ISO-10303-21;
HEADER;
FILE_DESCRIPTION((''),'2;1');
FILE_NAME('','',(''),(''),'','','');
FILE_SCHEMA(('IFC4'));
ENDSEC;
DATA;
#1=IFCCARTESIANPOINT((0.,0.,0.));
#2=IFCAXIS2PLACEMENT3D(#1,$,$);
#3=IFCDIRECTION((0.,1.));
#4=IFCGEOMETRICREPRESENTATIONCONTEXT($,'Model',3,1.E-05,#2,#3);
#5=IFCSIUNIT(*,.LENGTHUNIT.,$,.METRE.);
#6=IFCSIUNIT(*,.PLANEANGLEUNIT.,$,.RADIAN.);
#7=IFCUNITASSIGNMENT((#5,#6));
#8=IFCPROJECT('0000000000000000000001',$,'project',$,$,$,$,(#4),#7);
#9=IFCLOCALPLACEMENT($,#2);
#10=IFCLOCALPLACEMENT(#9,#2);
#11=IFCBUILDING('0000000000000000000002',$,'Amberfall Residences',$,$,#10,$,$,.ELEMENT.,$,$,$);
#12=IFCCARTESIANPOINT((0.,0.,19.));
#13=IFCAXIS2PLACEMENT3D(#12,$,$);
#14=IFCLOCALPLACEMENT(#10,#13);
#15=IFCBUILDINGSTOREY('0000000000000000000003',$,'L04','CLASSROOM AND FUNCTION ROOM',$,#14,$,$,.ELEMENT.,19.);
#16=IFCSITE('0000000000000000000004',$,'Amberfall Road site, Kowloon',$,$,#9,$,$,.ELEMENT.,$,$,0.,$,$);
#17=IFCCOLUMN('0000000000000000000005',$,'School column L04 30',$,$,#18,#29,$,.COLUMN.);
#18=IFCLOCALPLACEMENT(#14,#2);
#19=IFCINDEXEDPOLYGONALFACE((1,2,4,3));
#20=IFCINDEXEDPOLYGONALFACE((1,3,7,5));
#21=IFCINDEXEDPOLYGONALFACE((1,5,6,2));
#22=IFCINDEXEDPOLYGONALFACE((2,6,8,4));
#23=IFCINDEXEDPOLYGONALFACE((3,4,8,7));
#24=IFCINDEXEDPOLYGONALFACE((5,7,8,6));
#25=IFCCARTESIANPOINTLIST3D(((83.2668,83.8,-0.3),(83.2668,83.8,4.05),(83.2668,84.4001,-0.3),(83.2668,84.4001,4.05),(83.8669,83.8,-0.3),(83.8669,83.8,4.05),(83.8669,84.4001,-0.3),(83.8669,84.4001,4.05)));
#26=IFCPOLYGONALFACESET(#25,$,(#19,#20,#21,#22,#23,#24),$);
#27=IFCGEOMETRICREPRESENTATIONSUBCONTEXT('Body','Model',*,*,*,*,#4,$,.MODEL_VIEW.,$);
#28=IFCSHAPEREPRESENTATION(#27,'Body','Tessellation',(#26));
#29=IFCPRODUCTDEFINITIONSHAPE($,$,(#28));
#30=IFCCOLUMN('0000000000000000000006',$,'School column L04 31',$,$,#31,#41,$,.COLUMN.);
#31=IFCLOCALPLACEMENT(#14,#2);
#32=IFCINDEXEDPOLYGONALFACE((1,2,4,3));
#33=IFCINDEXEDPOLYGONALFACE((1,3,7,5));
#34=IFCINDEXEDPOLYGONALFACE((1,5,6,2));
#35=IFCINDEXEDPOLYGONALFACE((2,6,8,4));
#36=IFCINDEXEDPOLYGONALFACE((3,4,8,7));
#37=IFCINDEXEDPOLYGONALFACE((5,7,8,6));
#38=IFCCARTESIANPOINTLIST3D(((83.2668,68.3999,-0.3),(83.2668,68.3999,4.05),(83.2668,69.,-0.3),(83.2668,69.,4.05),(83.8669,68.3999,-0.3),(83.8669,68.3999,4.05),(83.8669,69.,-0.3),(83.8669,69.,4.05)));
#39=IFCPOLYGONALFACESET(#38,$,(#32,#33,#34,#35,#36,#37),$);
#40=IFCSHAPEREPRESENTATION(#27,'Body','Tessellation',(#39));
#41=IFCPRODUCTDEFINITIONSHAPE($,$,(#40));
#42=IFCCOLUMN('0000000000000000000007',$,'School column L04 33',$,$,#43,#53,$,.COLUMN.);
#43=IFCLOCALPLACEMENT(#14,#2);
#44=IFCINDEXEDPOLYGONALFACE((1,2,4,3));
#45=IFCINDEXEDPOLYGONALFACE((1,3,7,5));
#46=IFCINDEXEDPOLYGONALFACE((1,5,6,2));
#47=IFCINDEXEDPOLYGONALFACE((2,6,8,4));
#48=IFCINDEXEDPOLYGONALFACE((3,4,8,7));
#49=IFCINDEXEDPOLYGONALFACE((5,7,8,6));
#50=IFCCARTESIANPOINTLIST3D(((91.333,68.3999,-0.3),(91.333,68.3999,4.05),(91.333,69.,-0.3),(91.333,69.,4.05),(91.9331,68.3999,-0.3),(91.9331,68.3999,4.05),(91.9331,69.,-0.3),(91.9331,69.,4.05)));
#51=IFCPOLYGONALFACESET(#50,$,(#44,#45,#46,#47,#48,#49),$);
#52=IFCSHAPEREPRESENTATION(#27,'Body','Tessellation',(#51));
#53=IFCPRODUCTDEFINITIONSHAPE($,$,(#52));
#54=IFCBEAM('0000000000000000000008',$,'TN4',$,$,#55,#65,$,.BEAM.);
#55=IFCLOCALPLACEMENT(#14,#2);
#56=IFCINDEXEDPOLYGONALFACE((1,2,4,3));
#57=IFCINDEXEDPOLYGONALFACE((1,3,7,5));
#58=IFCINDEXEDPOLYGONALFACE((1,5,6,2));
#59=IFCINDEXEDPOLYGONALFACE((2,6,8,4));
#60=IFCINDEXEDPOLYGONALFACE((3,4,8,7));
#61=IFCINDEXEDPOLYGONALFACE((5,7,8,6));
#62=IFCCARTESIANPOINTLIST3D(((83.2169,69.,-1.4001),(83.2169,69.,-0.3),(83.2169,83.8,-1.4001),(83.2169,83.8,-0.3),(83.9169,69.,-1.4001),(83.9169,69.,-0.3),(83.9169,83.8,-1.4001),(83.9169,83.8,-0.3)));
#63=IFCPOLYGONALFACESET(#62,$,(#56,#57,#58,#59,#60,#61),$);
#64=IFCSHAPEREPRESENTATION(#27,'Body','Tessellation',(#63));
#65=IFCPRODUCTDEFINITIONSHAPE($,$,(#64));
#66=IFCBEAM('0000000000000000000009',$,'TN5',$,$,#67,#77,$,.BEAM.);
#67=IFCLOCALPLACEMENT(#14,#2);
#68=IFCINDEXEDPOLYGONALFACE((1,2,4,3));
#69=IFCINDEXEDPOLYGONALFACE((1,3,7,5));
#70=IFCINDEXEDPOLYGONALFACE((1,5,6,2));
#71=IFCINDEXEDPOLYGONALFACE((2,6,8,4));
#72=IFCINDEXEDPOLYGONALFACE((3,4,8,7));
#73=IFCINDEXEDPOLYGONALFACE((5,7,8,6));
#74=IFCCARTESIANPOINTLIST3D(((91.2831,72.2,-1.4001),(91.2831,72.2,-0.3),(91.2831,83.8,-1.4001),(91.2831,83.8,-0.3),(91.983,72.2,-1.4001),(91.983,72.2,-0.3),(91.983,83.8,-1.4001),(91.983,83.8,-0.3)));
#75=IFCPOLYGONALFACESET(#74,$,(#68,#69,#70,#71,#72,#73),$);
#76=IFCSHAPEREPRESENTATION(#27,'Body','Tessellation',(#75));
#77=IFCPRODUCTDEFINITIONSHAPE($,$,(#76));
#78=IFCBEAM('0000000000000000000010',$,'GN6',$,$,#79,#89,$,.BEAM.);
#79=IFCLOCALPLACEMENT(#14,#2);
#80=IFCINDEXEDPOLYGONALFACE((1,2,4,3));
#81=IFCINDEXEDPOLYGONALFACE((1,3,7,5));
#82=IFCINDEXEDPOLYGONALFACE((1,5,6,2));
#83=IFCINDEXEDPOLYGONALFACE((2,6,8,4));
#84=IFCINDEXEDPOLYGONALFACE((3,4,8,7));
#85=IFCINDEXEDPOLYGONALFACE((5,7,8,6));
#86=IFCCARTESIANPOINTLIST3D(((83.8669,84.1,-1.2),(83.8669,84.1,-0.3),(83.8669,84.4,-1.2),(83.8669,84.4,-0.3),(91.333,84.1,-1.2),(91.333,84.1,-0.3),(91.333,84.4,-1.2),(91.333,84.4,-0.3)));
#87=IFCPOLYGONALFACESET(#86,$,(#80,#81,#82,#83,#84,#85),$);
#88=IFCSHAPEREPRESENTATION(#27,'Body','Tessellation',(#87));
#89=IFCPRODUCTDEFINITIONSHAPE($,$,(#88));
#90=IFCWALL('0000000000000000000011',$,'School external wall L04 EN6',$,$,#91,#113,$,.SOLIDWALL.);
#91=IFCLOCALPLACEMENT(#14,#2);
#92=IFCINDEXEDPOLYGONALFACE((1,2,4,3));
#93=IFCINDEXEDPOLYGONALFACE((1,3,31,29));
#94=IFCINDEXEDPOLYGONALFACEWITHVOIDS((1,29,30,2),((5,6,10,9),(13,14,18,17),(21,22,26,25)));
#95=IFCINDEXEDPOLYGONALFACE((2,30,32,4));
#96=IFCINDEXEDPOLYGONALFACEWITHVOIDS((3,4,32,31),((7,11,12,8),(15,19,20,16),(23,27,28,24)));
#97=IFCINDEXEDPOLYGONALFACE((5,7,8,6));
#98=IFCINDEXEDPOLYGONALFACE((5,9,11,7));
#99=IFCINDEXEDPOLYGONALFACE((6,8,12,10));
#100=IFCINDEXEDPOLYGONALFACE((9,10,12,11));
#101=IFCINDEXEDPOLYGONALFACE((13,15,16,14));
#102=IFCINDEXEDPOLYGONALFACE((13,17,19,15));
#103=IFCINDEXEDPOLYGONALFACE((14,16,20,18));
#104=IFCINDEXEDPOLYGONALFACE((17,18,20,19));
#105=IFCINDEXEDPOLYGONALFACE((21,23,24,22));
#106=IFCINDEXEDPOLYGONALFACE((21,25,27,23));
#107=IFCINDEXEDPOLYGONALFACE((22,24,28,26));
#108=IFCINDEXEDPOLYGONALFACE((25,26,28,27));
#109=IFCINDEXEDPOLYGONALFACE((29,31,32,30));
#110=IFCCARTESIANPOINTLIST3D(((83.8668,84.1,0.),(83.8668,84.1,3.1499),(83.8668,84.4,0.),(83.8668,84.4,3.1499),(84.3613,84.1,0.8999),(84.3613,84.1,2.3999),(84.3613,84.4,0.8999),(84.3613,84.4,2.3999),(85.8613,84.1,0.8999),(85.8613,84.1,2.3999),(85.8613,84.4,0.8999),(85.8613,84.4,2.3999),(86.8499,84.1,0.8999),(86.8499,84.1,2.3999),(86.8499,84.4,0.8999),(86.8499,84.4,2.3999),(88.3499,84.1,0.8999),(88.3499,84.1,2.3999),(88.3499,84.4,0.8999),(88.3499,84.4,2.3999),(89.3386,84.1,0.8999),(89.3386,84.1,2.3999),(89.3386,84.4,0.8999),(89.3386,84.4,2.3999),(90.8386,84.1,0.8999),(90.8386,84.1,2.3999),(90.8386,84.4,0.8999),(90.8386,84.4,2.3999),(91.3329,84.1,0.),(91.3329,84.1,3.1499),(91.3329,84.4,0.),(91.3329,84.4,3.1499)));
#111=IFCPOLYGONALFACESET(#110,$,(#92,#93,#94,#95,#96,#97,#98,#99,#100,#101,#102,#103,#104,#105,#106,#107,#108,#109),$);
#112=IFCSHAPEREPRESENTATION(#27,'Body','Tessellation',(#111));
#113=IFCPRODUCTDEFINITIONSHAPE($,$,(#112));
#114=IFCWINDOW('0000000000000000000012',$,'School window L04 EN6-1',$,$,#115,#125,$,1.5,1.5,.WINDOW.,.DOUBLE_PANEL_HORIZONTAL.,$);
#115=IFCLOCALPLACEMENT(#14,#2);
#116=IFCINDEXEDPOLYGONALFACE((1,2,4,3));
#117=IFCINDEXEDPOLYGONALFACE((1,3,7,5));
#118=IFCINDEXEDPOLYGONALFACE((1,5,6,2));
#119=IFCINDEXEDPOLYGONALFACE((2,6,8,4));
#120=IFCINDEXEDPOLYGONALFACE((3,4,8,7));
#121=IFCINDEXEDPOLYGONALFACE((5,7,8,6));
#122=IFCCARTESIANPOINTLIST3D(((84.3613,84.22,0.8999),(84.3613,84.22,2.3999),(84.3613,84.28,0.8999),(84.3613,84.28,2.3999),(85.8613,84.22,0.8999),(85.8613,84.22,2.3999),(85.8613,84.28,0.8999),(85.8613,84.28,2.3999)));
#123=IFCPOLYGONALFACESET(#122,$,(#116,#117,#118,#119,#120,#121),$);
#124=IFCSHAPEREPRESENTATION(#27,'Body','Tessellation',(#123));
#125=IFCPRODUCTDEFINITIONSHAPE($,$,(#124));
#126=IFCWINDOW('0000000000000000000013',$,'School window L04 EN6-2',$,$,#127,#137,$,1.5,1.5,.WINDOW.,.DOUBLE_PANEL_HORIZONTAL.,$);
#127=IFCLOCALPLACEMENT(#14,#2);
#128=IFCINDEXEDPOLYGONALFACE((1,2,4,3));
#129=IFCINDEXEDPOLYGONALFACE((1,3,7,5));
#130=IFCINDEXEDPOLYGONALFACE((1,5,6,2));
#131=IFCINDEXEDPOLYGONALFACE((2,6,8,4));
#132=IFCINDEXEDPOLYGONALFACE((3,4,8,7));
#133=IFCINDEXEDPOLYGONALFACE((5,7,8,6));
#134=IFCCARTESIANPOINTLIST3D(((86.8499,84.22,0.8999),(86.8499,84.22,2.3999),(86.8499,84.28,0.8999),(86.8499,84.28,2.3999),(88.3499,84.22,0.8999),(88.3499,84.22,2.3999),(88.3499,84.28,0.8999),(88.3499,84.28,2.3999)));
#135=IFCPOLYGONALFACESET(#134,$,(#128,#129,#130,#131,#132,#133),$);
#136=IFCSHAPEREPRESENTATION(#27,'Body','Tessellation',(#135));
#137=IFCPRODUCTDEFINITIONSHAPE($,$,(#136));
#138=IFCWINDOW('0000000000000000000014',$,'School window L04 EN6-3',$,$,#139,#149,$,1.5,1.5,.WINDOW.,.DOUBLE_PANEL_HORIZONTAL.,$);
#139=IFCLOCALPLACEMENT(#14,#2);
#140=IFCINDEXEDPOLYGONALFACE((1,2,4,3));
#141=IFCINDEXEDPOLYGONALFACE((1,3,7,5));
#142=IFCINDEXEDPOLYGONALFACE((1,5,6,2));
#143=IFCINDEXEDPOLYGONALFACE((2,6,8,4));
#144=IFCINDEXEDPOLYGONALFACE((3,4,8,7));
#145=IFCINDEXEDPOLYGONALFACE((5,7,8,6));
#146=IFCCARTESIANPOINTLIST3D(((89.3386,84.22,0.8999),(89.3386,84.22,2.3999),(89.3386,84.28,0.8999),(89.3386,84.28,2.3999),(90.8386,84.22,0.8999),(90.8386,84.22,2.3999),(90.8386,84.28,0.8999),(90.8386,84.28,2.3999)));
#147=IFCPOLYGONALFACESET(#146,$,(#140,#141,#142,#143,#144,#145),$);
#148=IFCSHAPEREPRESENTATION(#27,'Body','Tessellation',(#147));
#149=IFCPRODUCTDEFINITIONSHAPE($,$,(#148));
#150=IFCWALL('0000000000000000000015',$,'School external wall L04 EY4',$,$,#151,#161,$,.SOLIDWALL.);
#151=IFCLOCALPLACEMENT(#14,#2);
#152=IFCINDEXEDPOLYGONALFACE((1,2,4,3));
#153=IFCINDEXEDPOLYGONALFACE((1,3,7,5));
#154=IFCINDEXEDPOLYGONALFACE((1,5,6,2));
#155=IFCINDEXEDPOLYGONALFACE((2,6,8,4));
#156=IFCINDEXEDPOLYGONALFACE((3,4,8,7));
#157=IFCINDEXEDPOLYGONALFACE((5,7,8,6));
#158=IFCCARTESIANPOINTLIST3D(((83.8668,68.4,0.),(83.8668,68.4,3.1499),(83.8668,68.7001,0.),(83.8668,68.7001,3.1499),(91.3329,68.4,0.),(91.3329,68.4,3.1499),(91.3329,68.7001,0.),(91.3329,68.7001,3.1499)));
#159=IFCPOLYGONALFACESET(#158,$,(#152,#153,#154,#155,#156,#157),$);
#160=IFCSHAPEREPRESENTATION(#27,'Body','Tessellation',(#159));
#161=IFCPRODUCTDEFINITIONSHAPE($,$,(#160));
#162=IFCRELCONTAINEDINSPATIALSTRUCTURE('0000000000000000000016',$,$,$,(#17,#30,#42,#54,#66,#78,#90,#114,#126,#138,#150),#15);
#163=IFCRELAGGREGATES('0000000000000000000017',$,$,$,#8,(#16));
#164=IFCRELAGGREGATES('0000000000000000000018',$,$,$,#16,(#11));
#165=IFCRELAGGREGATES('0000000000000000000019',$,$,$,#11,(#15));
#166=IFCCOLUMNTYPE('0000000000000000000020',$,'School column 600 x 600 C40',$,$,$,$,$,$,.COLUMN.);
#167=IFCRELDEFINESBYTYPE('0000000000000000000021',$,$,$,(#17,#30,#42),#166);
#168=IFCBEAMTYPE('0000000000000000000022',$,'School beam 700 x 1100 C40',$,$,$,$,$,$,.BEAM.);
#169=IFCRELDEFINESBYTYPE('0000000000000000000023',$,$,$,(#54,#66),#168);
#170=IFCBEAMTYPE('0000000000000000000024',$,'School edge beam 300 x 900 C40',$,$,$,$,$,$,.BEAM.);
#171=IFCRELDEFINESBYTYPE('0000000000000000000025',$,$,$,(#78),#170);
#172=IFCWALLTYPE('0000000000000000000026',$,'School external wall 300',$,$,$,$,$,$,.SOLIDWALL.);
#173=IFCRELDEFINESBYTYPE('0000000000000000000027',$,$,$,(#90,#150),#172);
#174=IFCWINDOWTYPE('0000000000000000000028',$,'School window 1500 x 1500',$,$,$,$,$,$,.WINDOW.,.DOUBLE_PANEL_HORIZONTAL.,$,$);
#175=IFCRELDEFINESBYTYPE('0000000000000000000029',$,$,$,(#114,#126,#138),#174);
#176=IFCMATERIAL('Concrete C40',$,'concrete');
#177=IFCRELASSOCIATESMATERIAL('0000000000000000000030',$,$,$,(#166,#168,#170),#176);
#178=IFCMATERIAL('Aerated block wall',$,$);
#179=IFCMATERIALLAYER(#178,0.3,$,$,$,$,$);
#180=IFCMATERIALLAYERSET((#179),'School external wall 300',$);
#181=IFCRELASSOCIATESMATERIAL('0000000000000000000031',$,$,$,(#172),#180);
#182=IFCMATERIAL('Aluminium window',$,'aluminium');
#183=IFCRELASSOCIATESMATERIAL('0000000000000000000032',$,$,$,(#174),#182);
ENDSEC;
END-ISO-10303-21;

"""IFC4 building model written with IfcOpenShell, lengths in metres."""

from ifc_helpers import new_model, si_unit, direction, frame, frame_2d, origin, origin_2d, place, context, subcontext, project, spatial, rectangle, extrude, material, layer, layer_set, material_profile, profile_set, type_object, element, fill, save


model = new_model("IFC4")

# Units and contexts
model_context = context("Model", 3, precision=1e-05, world=origin(), true_north=direction((0.0, 1.0)))
body_context = subcontext(model_context, "Body", "Model", "MODEL_VIEW")
ifc_project = project(units=[si_unit("LENGTHUNIT", "METRE"), si_unit("PLANEANGLEUNIT", "RADIAN")], contexts=[model_context])

# Site, building, storey
site_placement = place(None, origin())
site = spatial("IfcSite", under=ifc_project, at=site_placement, Name="Amberfall Road site, Kowloon", CompositionType="ELEMENT", RefElevation=0.0)
building_placement = place(site_placement, origin())
building = spatial("IfcBuilding", under=site, at=building_placement, Name="Amberfall Residences", CompositionType="ELEMENT")
storey_placement = place(building_placement, frame((0.0, 0.0, 19.0)))
storey = spatial("IfcBuildingStorey", under=building, at=storey_placement, Name="L04", Description="CLASSROOM AND FUNCTION ROOM", CompositionType="ELEMENT", Elevation=19.0)

# Columns
ifc_material_1 = material(Name="Concrete C40", Category="concrete")
ifc_material_profile_1 = material_profile(ifc_material_1, rectangle(XDim=0.6001, YDim=0.6001, at=origin_2d()), Name="School column 600 x 600 C40")
ifc_profile_set_1 = profile_set([ifc_material_profile_1], Name="Concrete C40")
column_type = type_object("IfcColumnType", Name="School column 600 x 600 C40", PredefinedType="COLUMN", material=ifc_profile_set_1)
for number, where, z_axis, x_axis, name in (
    (1, (83.5669, 84.1001, -0.3), (0.0, 0.0, 1.0), (1.0, 0.0, 0.0), "School column L04 30"),
    (2, (83.5669, 68.7, -0.3), (0.0, 0.0, 1.0), (1.0, 0.0, 0.0), "School column L04 31"),
    (3, (91.6331, 68.7, -0.3), (0.0, 0.0, 1.0), (1.0, 0.0, 0.0), "School column L04 33"),
):
    element("IfcColumn", number, at=place(storey_placement, frame(where, z_axis=z_axis, x_axis=x_axis)), inside=storey, type_object=column_type, Name=name, PredefinedType="COLUMN", context=body_context, shape_type="SweptSolid", body=[
        extrude(rectangle(XDim=0.6001, YDim=0.6001, at=origin_2d()), origin(), (0.0, 0.0, 1.0), 4.3501),
    ])

# Beams
ifc_material_profile_2 = material_profile(ifc_material_1, rectangle(XDim=0.7, YDim=1.1001, at=origin_2d()), Name="School beam 700 x 1100 C40")
ifc_profile_set_2 = profile_set([ifc_material_profile_2], Name="Concrete C40")
beam_type_1 = type_object("IfcBeamType", Name="School beam 700 x 1100 C40", PredefinedType="BEAM", material=ifc_profile_set_2)
beam_1_placement = place(storey_placement, frame((83.5669, 69.0, -0.8501), z_axis=(0.0, 1.0, 0.0), x_axis=(-1.0, 0.0, 0.0)))
element("IfcBeam", 4, at=beam_1_placement, inside=storey, type_object=beam_type_1, Name="TN4", PredefinedType="BEAM", context=body_context, shape_type="SweptSolid", body=[
    extrude(rectangle(XDim=0.7, YDim=1.1001, at=origin_2d()), origin(), (0.0, 0.0, 1.0), 14.8),
])
beam_2_placement = place(storey_placement, frame((91.6331, 72.2, -0.8501), z_axis=(0.0, 1.0, 0.0), x_axis=(-1.0, 0.0, 0.0)))
element("IfcBeam", 5, at=beam_2_placement, inside=storey, type_object=beam_type_1, Name="TN5", PredefinedType="BEAM", context=body_context, shape_type="SweptSolid", body=[
    extrude(rectangle(XDim=0.7, YDim=1.1001, at=origin_2d()), origin(), (0.0, 0.0, 1.0), 11.6001),
])
ifc_material_profile_3 = material_profile(ifc_material_1, rectangle(XDim=0.3, YDim=0.8999, at=origin_2d()), Name="School edge beam 300 x 900 C40")
ifc_profile_set_3 = profile_set([ifc_material_profile_3], Name="Concrete C40")
beam_type_2 = type_object("IfcBeamType", Name="School edge beam 300 x 900 C40", PredefinedType="BEAM", material=ifc_profile_set_3)
beam_3_placement = place(storey_placement, frame((83.8669, 84.25, -0.75), z_axis=(1.0, 0.0, 0.0), x_axis=(0.0, 1.0, 0.0)))
element("IfcBeam", 6, at=beam_3_placement, inside=storey, type_object=beam_type_2, Name="GN6", PredefinedType="BEAM", context=body_context, shape_type="SweptSolid", body=[
    extrude(rectangle(XDim=0.3, YDim=0.8999, at=origin_2d()), origin(), (0.0, 0.0, 1.0), 7.4661),
])

# Wall, openings, windows
ifc_material_2 = material(Name="Aerated block wall")
ifc_layer_1 = layer(ifc_material_2, 0.3)
ifc_layer_set_1 = layer_set([ifc_layer_1], Name="School external wall 300")
wall_type_1 = type_object("IfcWallType", Name="School external wall 300", PredefinedType="SOLIDWALL", material=ifc_layer_set_1)
wall_1_placement = place(storey_placement, frame((83.8669, 84.25, 0.0), z_axis=(0.0, 0.0, 1.0), x_axis=(1.0, 0.0, 0.0)))
wall_1 = element("IfcWall", 7, at=wall_1_placement, inside=storey, type_object=wall_type_1, Name="School external wall L04 EN6", PredefinedType="SOLIDWALL", context=body_context, shape_type="SweptSolid", body=[
    extrude(rectangle(XDim=7.4661, YDim=0.3, at=frame_2d((3.7329, 0.0))), origin(), (0.0, 0.0, 1.0), 3.1499),
])
opening_1_placement = place(wall_1_placement, frame((0.4944, 0.0, 0.8999)))
opening_1 = element("IfcOpeningElement", 8, at=opening_1_placement, cuts=wall_1, PredefinedType="OPENING", context=body_context, shape_type="SweptSolid", body=[
    extrude(rectangle(XDim=1.5, YDim=1.5, at=frame_2d((0.75, 0.75))), frame((0.0, 0.1599, 0.0), z_axis=(0.0, -1.0, 0.0), x_axis=(1.0, 0.0, 0.0)), (0.0, 0.0, 1.0), 0.3201),
])
opening_2_placement = place(wall_1_placement, frame((2.9829, 0.0, 0.8999)))
opening_2 = element("IfcOpeningElement", 9, at=opening_2_placement, cuts=wall_1, PredefinedType="OPENING", context=body_context, shape_type="SweptSolid", body=[
    extrude(rectangle(XDim=1.5, YDim=1.5, at=frame_2d((0.75, 0.75))), frame((0.0, 0.1599, 0.0), z_axis=(0.0, -1.0, 0.0), x_axis=(1.0, 0.0, 0.0)), (0.0, 0.0, 1.0), 0.3201),
])
opening_3_placement = place(wall_1_placement, frame((5.4717, 0.0, 0.8999)))
opening_3 = element("IfcOpeningElement", 10, at=opening_3_placement, cuts=wall_1, PredefinedType="OPENING", context=body_context, shape_type="SweptSolid", body=[
    extrude(rectangle(XDim=1.5, YDim=1.5, at=frame_2d((0.75, 0.75))), frame((0.0, 0.1599, 0.0), z_axis=(0.0, -1.0, 0.0), x_axis=(1.0, 0.0, 0.0)), (0.0, 0.0, 1.0), 0.3201),
])
ifc_material_3 = material(Name="Aluminium window", Category="aluminium")
window_type = type_object("IfcWindowType", Name="School window 1500 x 1500", PartitioningType="DOUBLE_PANEL_HORIZONTAL", PredefinedType="WINDOW", material=ifc_material_3)
window_1_placement = place(opening_1_placement, origin())
window_1 = element("IfcWindow", 11, at=window_1_placement, inside=storey, type_object=window_type, Name="School window L04 EN6-1", OverallHeight=1.5, OverallWidth=1.5, PartitioningType="DOUBLE_PANEL_HORIZONTAL", PredefinedType="WINDOW", context=body_context, shape_type="SweptSolid", body=[
    extrude(rectangle(XDim=1.5, YDim=1.5, at=frame_2d((0.75, 0.75))), frame((0.0, 0.03, 0.0), z_axis=(0.0, -1.0, 0.0), x_axis=(1.0, 0.0, 0.0)), (0.0, 0.0, 1.0), 0.0601),
])
fill(opening_1, window_1)
window_2_placement = place(opening_2_placement, origin())
window_2 = element("IfcWindow", 12, at=window_2_placement, inside=storey, type_object=window_type, Name="School window L04 EN6-2", OverallHeight=1.5, OverallWidth=1.5, PartitioningType="DOUBLE_PANEL_HORIZONTAL", PredefinedType="WINDOW", context=body_context, shape_type="SweptSolid", body=[
    extrude(rectangle(XDim=1.5, YDim=1.5, at=frame_2d((0.75, 0.75))), frame((0.0, 0.03, 0.0), z_axis=(0.0, -1.0, 0.0), x_axis=(1.0, 0.0, 0.0)), (0.0, 0.0, 1.0), 0.0601),
])
fill(opening_2, window_2)
window_3_placement = place(opening_3_placement, origin())
window_3 = element("IfcWindow", 13, at=window_3_placement, inside=storey, type_object=window_type, Name="School window L04 EN6-3", OverallHeight=1.5, OverallWidth=1.5, PartitioningType="DOUBLE_PANEL_HORIZONTAL", PredefinedType="WINDOW", context=body_context, shape_type="SweptSolid", body=[
    extrude(rectangle(XDim=1.5, YDim=1.5, at=frame_2d((0.75, 0.75))), frame((0.0, 0.03, 0.0), z_axis=(0.0, -1.0, 0.0), x_axis=(1.0, 0.0, 0.0)), (0.0, 0.0, 1.0), 0.0601),
])
fill(opening_3, window_3)

# Wall
wall_2_placement = place(storey_placement, frame((83.8669, 68.55, 0.0), z_axis=(0.0, 0.0, 1.0), x_axis=(1.0, 0.0, 0.0)))
element("IfcWall", 14, at=wall_2_placement, inside=storey, type_object=wall_type_1, Name="School external wall L04 EY4", PredefinedType="SOLIDWALL", context=body_context, shape_type="SweptSolid", body=[
    extrude(rectangle(XDim=7.4661, YDim=0.3, at=frame_2d((3.7329, 0.0))), origin(), (0.0, 0.0, 1.0), 3.1499),
])

save(model, "model.ifc")
